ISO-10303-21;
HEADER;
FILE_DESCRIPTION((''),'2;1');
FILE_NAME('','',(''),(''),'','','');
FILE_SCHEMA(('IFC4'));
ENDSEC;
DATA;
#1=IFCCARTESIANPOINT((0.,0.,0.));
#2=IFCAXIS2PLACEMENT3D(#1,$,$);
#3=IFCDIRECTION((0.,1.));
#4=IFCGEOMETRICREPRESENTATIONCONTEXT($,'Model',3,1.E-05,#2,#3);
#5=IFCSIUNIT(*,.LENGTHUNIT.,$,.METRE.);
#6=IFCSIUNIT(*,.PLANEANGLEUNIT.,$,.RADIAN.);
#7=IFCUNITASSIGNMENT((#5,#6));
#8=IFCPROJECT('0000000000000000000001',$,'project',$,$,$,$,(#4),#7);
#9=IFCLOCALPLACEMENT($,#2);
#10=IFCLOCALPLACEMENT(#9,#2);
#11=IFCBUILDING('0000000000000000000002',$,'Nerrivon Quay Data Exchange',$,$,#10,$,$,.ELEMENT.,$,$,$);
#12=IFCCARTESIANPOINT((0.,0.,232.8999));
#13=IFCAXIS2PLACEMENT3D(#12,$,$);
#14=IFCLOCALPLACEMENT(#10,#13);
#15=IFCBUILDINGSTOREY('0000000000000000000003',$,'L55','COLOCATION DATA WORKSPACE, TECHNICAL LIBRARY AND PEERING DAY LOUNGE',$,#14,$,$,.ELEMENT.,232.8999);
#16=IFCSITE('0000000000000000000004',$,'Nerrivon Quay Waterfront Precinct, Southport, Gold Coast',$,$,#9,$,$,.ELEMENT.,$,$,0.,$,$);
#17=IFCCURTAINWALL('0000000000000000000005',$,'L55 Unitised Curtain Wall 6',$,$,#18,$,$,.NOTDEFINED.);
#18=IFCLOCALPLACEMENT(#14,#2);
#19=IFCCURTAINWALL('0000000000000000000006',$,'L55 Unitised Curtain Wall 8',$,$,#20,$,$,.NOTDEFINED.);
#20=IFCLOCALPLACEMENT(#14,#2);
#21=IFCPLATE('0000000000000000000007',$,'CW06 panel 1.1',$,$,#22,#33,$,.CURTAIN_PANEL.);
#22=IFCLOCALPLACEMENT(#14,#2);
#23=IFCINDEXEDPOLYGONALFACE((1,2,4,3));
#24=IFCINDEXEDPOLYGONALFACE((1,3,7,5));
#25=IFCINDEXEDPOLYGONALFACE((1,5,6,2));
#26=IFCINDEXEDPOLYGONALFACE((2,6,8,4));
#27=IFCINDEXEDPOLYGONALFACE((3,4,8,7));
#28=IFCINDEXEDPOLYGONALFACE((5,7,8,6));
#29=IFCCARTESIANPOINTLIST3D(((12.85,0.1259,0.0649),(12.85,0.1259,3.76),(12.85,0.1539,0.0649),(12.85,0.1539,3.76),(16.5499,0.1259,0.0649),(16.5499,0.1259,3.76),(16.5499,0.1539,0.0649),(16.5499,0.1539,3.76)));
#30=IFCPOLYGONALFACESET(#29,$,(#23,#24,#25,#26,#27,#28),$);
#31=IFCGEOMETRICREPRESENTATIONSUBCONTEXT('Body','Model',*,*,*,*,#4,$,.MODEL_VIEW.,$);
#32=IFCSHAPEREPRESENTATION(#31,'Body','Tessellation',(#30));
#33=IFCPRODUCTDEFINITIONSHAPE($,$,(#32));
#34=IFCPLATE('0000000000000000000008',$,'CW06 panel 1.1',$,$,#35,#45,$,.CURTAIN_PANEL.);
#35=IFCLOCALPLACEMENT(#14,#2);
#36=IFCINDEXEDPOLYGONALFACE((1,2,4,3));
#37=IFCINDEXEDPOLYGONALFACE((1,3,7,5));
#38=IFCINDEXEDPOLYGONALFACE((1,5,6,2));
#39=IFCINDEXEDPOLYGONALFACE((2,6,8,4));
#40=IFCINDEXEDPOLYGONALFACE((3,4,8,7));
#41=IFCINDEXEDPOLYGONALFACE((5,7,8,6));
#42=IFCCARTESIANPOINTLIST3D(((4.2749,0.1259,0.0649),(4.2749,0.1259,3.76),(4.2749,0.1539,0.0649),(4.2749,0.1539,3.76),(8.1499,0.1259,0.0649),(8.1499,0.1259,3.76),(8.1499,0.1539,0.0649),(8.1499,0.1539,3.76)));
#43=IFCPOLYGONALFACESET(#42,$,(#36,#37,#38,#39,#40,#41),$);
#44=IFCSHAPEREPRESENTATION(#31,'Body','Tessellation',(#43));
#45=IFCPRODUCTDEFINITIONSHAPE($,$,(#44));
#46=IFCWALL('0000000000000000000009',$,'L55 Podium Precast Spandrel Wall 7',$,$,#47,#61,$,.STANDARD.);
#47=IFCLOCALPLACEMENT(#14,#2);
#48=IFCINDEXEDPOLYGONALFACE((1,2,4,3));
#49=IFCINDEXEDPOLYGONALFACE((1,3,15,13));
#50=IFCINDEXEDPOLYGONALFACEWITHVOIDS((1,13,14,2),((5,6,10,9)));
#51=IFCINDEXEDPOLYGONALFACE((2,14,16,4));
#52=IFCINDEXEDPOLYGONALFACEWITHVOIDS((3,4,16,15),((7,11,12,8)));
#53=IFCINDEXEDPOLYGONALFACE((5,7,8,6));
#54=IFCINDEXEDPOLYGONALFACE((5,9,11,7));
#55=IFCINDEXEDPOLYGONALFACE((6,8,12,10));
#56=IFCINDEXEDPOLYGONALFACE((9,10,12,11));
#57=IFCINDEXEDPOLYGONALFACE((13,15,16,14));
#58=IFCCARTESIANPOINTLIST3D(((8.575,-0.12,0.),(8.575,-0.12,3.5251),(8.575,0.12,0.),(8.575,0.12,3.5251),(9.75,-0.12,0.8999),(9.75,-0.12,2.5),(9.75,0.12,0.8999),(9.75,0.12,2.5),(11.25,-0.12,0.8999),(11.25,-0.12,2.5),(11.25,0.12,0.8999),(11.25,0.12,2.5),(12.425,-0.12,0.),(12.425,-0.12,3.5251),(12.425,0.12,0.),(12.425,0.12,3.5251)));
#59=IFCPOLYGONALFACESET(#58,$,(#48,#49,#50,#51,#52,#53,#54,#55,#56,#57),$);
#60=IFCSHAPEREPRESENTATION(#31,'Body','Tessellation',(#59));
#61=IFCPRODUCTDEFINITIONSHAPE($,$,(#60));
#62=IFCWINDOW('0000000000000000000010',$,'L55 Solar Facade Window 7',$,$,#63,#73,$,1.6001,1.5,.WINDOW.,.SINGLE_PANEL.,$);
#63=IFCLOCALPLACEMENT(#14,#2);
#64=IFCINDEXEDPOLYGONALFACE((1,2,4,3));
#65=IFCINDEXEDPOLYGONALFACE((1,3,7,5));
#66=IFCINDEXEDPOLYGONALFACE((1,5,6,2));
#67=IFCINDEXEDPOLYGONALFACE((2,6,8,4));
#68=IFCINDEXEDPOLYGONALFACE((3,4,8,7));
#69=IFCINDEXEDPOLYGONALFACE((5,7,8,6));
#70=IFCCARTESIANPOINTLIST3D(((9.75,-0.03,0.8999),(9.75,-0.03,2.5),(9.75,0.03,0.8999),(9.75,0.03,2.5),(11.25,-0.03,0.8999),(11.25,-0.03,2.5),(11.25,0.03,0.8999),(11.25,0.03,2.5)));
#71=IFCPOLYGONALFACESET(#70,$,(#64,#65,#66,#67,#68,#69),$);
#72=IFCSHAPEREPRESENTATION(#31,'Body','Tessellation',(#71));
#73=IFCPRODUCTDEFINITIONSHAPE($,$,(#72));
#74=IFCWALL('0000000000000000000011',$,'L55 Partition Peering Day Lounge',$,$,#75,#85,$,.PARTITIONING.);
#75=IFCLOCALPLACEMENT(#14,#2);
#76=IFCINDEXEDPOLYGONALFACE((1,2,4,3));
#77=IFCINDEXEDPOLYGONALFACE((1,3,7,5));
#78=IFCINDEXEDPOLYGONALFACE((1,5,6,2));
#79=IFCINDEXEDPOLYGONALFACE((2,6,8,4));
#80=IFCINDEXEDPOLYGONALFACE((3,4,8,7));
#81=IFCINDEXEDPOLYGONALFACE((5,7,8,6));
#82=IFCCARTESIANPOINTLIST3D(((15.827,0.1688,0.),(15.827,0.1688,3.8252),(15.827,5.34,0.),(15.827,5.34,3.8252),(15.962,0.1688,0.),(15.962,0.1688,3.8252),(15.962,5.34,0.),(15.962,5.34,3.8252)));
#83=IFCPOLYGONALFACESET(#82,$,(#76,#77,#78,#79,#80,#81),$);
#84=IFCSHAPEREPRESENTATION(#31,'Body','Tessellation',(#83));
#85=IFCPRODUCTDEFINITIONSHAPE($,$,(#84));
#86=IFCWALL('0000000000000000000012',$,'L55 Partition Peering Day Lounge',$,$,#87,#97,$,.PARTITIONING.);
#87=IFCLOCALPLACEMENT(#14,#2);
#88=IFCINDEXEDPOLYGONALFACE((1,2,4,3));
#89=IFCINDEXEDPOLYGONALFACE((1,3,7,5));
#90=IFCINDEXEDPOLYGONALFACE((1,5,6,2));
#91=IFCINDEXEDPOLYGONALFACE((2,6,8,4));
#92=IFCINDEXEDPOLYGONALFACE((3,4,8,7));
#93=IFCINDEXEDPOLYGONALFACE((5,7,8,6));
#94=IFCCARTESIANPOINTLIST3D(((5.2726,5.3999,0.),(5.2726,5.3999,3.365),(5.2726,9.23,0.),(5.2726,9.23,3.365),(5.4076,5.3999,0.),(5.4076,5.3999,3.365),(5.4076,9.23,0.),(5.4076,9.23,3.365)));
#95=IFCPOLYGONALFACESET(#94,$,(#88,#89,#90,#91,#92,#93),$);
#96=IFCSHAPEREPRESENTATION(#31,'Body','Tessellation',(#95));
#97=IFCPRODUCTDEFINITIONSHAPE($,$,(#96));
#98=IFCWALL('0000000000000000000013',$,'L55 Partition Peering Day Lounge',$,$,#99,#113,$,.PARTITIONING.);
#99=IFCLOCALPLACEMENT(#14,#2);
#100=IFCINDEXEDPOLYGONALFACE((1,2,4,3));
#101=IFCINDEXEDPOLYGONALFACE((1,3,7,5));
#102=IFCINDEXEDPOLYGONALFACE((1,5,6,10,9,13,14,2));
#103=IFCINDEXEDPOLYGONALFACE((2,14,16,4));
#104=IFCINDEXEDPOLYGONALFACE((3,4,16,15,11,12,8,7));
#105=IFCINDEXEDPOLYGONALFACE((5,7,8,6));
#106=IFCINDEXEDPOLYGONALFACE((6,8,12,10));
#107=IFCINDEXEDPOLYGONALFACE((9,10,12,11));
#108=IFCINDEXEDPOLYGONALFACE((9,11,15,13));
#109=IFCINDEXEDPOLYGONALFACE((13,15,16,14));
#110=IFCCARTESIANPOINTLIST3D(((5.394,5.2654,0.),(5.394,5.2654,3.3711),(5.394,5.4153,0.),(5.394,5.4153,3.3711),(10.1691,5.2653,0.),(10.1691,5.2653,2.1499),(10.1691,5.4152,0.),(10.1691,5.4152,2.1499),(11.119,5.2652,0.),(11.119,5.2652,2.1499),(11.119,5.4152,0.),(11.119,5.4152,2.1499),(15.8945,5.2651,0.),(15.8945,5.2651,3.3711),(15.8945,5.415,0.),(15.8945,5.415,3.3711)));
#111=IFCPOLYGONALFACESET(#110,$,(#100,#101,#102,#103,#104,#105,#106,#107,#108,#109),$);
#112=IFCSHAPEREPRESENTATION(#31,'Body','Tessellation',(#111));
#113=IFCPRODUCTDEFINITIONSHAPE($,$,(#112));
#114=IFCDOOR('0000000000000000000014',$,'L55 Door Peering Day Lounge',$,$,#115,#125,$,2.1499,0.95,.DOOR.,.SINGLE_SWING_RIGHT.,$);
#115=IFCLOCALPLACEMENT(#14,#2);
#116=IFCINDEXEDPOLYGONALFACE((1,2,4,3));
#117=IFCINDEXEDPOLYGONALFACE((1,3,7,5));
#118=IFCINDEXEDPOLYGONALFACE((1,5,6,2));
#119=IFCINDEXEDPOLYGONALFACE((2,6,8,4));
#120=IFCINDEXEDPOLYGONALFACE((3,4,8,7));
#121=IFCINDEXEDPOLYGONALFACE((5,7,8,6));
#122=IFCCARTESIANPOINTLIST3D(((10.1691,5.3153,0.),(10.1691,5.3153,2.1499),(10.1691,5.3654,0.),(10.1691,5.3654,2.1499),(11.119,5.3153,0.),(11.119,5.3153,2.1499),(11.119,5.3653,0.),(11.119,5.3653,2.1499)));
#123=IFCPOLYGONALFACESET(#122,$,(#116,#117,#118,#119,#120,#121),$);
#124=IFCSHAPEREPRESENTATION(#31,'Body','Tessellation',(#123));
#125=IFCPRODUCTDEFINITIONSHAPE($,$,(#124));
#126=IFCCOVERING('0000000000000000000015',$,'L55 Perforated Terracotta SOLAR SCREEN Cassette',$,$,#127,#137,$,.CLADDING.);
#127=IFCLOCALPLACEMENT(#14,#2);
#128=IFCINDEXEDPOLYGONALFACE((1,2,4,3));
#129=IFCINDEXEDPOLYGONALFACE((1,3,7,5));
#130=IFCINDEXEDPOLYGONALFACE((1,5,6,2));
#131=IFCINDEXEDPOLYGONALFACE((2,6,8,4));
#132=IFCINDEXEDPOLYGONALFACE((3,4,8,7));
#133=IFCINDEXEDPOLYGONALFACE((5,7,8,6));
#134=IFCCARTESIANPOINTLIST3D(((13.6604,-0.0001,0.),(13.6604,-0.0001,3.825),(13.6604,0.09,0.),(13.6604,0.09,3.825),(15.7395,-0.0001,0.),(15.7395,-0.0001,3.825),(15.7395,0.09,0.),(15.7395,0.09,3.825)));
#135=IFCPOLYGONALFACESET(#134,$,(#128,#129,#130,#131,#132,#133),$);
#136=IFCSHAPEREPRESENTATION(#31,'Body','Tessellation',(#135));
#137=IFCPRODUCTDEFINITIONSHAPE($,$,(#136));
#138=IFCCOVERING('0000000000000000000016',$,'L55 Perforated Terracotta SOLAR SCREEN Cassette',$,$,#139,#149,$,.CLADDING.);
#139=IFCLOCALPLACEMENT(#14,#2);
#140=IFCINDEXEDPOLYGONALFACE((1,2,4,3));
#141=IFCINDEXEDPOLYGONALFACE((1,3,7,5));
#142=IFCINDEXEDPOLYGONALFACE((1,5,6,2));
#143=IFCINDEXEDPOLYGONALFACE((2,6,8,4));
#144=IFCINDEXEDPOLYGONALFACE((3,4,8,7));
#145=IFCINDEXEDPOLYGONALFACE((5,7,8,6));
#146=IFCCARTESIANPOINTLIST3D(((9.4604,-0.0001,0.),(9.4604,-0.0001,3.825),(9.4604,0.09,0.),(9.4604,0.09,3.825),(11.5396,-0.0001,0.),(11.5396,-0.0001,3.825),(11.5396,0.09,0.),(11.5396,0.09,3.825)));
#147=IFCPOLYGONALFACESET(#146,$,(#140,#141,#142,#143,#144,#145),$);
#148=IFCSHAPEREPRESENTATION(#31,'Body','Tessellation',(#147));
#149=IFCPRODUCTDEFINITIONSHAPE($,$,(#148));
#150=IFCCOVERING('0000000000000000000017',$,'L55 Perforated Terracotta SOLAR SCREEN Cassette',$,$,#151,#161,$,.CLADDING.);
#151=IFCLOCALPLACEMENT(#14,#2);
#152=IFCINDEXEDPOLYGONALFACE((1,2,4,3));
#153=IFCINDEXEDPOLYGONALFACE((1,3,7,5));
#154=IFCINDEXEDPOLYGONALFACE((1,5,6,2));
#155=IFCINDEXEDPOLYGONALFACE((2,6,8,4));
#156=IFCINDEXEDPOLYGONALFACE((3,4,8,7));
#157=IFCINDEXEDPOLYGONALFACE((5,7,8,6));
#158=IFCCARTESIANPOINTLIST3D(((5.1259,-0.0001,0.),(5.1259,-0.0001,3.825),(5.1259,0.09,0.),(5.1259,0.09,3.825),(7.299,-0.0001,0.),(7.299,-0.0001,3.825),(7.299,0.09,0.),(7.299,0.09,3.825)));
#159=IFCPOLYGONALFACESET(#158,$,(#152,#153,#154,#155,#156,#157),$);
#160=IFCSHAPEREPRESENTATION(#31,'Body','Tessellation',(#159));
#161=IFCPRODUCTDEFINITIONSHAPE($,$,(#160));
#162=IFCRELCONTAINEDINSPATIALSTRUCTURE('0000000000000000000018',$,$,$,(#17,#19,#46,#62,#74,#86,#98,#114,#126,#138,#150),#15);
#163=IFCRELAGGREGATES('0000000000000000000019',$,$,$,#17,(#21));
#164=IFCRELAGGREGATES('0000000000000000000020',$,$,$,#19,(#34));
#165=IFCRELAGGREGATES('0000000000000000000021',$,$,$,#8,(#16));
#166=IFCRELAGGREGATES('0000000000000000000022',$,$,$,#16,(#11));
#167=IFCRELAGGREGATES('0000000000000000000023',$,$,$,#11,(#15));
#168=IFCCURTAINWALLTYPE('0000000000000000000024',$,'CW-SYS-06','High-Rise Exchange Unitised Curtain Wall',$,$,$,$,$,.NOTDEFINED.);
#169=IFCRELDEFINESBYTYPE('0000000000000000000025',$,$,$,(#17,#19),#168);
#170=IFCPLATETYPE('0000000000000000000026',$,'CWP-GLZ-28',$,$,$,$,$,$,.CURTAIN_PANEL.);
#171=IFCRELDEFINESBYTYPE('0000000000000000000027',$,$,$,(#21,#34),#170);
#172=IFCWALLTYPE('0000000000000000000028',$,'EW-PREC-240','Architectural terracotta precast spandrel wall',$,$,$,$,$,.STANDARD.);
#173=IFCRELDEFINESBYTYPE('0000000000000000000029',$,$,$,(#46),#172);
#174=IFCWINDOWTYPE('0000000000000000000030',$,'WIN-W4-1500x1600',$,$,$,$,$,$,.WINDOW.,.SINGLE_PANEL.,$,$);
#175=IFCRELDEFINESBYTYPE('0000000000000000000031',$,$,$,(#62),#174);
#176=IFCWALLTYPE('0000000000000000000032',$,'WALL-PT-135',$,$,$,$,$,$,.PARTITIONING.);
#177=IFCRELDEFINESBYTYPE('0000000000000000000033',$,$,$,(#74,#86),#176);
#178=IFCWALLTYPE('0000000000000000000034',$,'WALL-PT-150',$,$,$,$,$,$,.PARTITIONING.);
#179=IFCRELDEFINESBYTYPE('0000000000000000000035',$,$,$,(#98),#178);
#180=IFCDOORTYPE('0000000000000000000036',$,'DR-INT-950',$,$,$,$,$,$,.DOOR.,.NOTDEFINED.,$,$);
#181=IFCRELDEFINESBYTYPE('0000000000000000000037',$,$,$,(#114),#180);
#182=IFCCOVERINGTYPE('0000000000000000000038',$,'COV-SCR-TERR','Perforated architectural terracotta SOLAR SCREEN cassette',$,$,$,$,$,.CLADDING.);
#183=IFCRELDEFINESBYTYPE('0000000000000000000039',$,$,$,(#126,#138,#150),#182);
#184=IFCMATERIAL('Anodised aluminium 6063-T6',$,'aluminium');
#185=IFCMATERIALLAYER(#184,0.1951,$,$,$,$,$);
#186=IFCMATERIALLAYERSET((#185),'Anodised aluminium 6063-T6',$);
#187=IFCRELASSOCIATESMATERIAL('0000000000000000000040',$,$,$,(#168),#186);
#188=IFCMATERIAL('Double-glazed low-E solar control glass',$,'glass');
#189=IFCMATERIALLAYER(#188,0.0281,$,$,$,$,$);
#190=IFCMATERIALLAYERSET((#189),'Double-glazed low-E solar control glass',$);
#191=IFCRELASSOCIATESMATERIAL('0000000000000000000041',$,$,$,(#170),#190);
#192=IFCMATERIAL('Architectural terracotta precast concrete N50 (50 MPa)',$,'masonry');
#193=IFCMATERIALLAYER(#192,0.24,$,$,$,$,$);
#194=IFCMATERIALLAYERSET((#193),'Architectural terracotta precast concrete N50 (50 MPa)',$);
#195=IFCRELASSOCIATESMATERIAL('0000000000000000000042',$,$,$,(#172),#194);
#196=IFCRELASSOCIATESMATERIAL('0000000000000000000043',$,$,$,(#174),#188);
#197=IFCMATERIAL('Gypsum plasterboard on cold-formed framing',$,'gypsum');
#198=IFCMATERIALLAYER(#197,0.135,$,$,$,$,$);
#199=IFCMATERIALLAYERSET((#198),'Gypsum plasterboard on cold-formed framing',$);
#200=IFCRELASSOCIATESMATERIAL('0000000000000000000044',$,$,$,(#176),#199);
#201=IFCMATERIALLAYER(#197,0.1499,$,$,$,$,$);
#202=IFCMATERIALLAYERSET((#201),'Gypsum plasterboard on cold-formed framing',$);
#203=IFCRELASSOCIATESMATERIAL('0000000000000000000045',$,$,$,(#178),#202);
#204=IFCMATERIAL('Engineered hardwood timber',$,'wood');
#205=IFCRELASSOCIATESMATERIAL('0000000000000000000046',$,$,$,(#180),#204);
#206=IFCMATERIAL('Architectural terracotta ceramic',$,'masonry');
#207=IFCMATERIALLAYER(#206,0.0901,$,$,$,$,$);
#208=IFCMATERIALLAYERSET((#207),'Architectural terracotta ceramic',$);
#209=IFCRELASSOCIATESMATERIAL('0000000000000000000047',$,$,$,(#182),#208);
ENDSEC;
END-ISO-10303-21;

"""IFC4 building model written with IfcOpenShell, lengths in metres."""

from ifc_helpers import new_model, si_unit, direction, frame, frame_2d, origin, origin_2d, place, context, subcontext, project, spatial, rectangle, extrude, material, layer, layer_set, type_object, element, fill, aggregate, save


model = new_model("IFC4")

# Units and contexts
model_context = context("Model", 3, precision=1e-05, world=origin(), true_north=direction((0.0, 1.0)))
body_context = subcontext(model_context, "Body", "Model", "MODEL_VIEW")
ifc_project = project(units=[si_unit("LENGTHUNIT", "METRE"), si_unit("PLANEANGLEUNIT", "RADIAN")], contexts=[model_context])

# Site, building, storey
site_placement = place(None, origin())
site = spatial("IfcSite", under=ifc_project, at=site_placement, Name="Nerrivon Quay Waterfront Precinct, Southport, Gold Coast", CompositionType="ELEMENT", RefElevation=0.0)
building_placement = place(site_placement, origin())
building = spatial("IfcBuilding", under=site, at=building_placement, Name="Nerrivon Quay Data Exchange", CompositionType="ELEMENT")
storey_placement = place(building_placement, frame((0.0, 0.0, 232.8999)))
storey = spatial("IfcBuildingStorey", under=building, at=storey_placement, Name="L55", Description="COLOCATION DATA WORKSPACE, TECHNICAL LIBRARY AND PEERING DAY LOUNGE", CompositionType="ELEMENT", Elevation=232.8999)

# Curtain wall
ifc_material_1 = material(Name="Anodised aluminium 6063-T6", Category="aluminium")
ifc_layer_1 = layer(ifc_material_1, 0.1951)
ifc_layer_set_1 = layer_set([ifc_layer_1], Name="Anodised aluminium 6063-T6")
curtain_wall_type = type_object("IfcCurtainWallType", Name="CW-SYS-06", Description="High-Rise Exchange Unitised Curtain Wall", PredefinedType="NOTDEFINED", material=ifc_layer_set_1)
curtain_wall_1_placement = place(storey_placement, origin())
curtain_wall_1 = element("IfcCurtainWall", 1, at=curtain_wall_1_placement, inside=storey, type_object=curtain_wall_type, Name="L55 Unitised Curtain Wall 6", PredefinedType="NOTDEFINED")

# Curtain wall
curtain_wall_2_placement = place(storey_placement, origin())
curtain_wall_2 = element("IfcCurtainWall", 2, at=curtain_wall_2_placement, inside=storey, type_object=curtain_wall_type, Name="L55 Unitised Curtain Wall 8", PredefinedType="NOTDEFINED")

# Plates
ifc_material_2 = material(Name="Double-glazed low-E solar control glass", Category="glass")
ifc_layer_2 = layer(ifc_material_2, 0.0281)
ifc_layer_set_2 = layer_set([ifc_layer_2], Name="Double-glazed low-E solar control glass")
plate_type = type_object("IfcPlateType", Name="CWP-GLZ-28", PredefinedType="CURTAIN_PANEL", material=ifc_layer_set_2)
plate_1_placement = place(storey_placement, frame((14.7, 0.1399, 0.0649), z_axis=(0.0, 0.0, 1.0), x_axis=(-1.0, 0.0, 0.0)))
plate_1 = element("IfcPlate", 3, at=plate_1_placement, type_object=plate_type, Name="CW06 panel 1.1", PredefinedType="CURTAIN_PANEL", context=body_context, shape_type="SweptSolid", body=[
    extrude(rectangle(XDim=3.7, YDim=0.0281, at=origin_2d()), origin(), (0.0, 0.0, 1.0), 3.6951),
])
aggregate(curtain_wall_1, [plate_1])
plate_2_placement = place(storey_placement, frame((6.2124, 0.1399, 0.0649), z_axis=(0.0, 0.0, 1.0), x_axis=(-1.0, 0.0, 0.0)))
plate_2 = element("IfcPlate", 4, at=plate_2_placement, type_object=plate_type, Name="CW06 panel 1.1", PredefinedType="CURTAIN_PANEL", context=body_context, shape_type="SweptSolid", body=[
    extrude(rectangle(XDim=3.875, YDim=0.0281, at=origin_2d()), origin(), (0.0, 0.0, 1.0), 3.6951),
])
aggregate(curtain_wall_2, [plate_2])

# Wall, opening, window
ifc_material_3 = material(Name="Architectural terracotta precast concrete N50 (50 MPa)", Category="masonry")
ifc_layer_3 = layer(ifc_material_3, 0.24)
ifc_layer_set_3 = layer_set([ifc_layer_3], Name="Architectural terracotta precast concrete N50 (50 MPa)")
wall_type_1 = type_object("IfcWallType", Name="EW-PREC-240", Description="Architectural terracotta precast spandrel wall", PredefinedType="STANDARD", material=ifc_layer_set_3)
wall_1_placement = place(storey_placement, frame((12.425, 0.0, 0.0), z_axis=(0.0, 0.0, 1.0), x_axis=(-1.0, 0.0, 0.0)))
wall_1 = element("IfcWall", 5, at=wall_1_placement, inside=storey, type_object=wall_type_1, Name="L55 Podium Precast Spandrel Wall 7", PredefinedType="STANDARD", context=body_context, shape_type="SweptSolid", body=[
    extrude(rectangle(XDim=3.8501, YDim=0.24, at=frame_2d((1.925, 0.0))), origin(), (0.0, 0.0, 1.0), 3.5251),
])
opening_1_placement = place(wall_1_placement, frame((1.175, 0.0, 0.8999)))
opening_1 = element("IfcOpeningElement", 6, at=opening_1_placement, cuts=wall_1, PredefinedType="OPENING", context=body_context, shape_type="SweptSolid", body=[
    extrude(rectangle(XDim=1.5, YDim=1.6001, at=frame_2d((0.75, 0.8))), frame((0.0, 0.1299, 0.0), z_axis=(0.0, -1.0, 0.0), x_axis=(1.0, 0.0, 0.0)), (0.0, 0.0, 1.0), 0.26),
])
window_type = type_object("IfcWindowType", Name="WIN-W4-1500x1600", PartitioningType="SINGLE_PANEL", PredefinedType="WINDOW", material=ifc_material_2)
window_placement = place(opening_1_placement, origin())
window = element("IfcWindow", 7, at=window_placement, inside=storey, type_object=window_type, Name="L55 Solar Facade Window 7", OverallHeight=1.6001, OverallWidth=1.5, PartitioningType="SINGLE_PANEL", PredefinedType="WINDOW", context=body_context, shape_type="SweptSolid", body=[
    extrude(rectangle(XDim=1.5, YDim=1.6001, at=frame_2d((0.75, 0.8))), frame((0.0, 0.03, 0.0), z_axis=(0.0, -1.0, 0.0), x_axis=(1.0, 0.0, 0.0)), (0.0, 0.0, 1.0), 0.0601),
])
fill(opening_1, window)

# Walls
ifc_material_4 = material(Name="Gypsum plasterboard on cold-formed framing", Category="gypsum")
ifc_layer_4 = layer(ifc_material_4, 0.135)
ifc_layer_set_4 = layer_set([ifc_layer_4], Name="Gypsum plasterboard on cold-formed framing")
wall_type_2 = type_object("IfcWallType", Name="WALL-PT-135", PredefinedType="PARTITIONING", material=ifc_layer_set_4)
wall_2_placement = place(storey_placement, frame((15.8945, 0.1689, 0.0), z_axis=(0.0, 0.0, 1.0), x_axis=(0.0, 1.0, 0.0)))
element("IfcWall", 8, at=wall_2_placement, inside=storey, type_object=wall_type_2, Name="L55 Partition Peering Day Lounge", PredefinedType="PARTITIONING", context=body_context, shape_type="SweptSolid", body=[
    extrude(rectangle(XDim=5.1711, YDim=0.135, at=frame_2d((2.5854, 0.0))), origin(), (0.0, 0.0, 1.0), 3.8252),
])
wall_3_placement = place(storey_placement, frame((5.3401, 5.3999, 0.0), z_axis=(0.0, 0.0, 1.0), x_axis=(0.0, 1.0, 0.0)))
element("IfcWall", 9, at=wall_3_placement, inside=storey, type_object=wall_type_2, Name="L55 Partition Peering Day Lounge", PredefinedType="PARTITIONING", context=body_context, shape_type="SweptSolid", body=[
    extrude(rectangle(XDim=3.8301, YDim=0.135, at=frame_2d((1.915, 0.0))), origin(), (0.0, 0.0, 1.0), 3.365),
])

# Wall, opening, door
ifc_layer_5 = layer(ifc_material_4, 0.1499)
ifc_layer_set_5 = layer_set([ifc_layer_5], Name="Gypsum plasterboard on cold-formed framing")
wall_type_3 = type_object("IfcWallType", Name="WALL-PT-150", PredefinedType="PARTITIONING", material=ifc_layer_set_5)
wall_4_placement = place(storey_placement, frame((15.8945, 5.3401, 0.0), z_axis=(0.0, 0.0, 1.0), x_axis=(-1.0, 0.000023, 0.0)))
wall_4 = element("IfcWall", 10, at=wall_4_placement, inside=storey, type_object=wall_type_3, Name="L55 Partition Peering Day Lounge", PredefinedType="PARTITIONING", context=body_context, shape_type="SweptSolid", body=[
    extrude(rectangle(XDim=10.5005, YDim=0.1499, at=frame_2d((5.2502, 0.0))), origin(), (0.0, 0.0, 1.0), 3.3711),
])
opening_2_placement = place(wall_4_placement, frame((4.7754, 0.0, 0.0)))
opening_2 = element("IfcOpeningElement", 11, at=opening_2_placement, cuts=wall_4, PredefinedType="OPENING", context=body_context, shape_type="SweptSolid", body=[
    extrude(rectangle(XDim=0.95, YDim=2.1499, at=frame_2d((0.4751, 1.075))), frame((0.0, 0.085, 0.0), z_axis=(0.0, -1.0, 0.0), x_axis=(1.0, 0.0, 0.0)), (0.0, 0.0, 1.0), 0.1699),
])
ifc_material_5 = material(Name="Engineered hardwood timber", Category="wood")
door_type = type_object("IfcDoorType", Name="DR-INT-950", OperationType="NOTDEFINED", PredefinedType="DOOR", material=ifc_material_5)
door_placement = place(opening_2_placement, origin())
door = element("IfcDoor", 12, at=door_placement, inside=storey, type_object=door_type, Name="L55 Door Peering Day Lounge", OperationType="SINGLE_SWING_RIGHT", OverallHeight=2.1499, OverallWidth=0.95, PredefinedType="DOOR", context=body_context, shape_type="SweptSolid", body=[
    extrude(rectangle(XDim=0.95, YDim=2.1499, at=frame_2d((0.4751, 1.075))), frame((0.0, 0.0249, 0.0), z_axis=(0.0, -1.0, 0.0), x_axis=(1.0, 0.0, 0.0)), (0.0, 0.0, 1.0), 0.05),
])
fill(opening_2, door)

# Coverings
ifc_material_6 = material(Name="Architectural terracotta ceramic", Category="masonry")
ifc_layer_6 = layer(ifc_material_6, 0.0901)
ifc_layer_set_6 = layer_set([ifc_layer_6], Name="Architectural terracotta ceramic")
covering_type = type_object("IfcCoveringType", Name="COV-SCR-TERR", Description="Perforated architectural terracotta SOLAR SCREEN cassette", PredefinedType="CLADDING", material=ifc_layer_set_6)
for number, where, z_axis, x_axis, name in (
    (13, (14.7, 0.0449, 0.0), (0.0, 0.0, 1.0), (-1.0, 0.0, 0.0), "L55 Perforated Terracotta SOLAR SCREEN Cassette"),
    (14, (10.5, 0.0449, 0.0), (0.0, 0.0, 1.0), (-1.0, 0.0, 0.0), "L55 Perforated Terracotta SOLAR SCREEN Cassette"),
):
    element("IfcCovering", number, at=place(storey_placement, frame(where, z_axis=z_axis, x_axis=x_axis)), inside=storey, type_object=covering_type, Name=name, PredefinedType="CLADDING", context=body_context, shape_type="SweptSolid", body=[
        extrude(rectangle(XDim=2.0791, YDim=0.0901, at=origin_2d()), origin(), (0.0, 0.0, 1.0), 3.825),
    ])
covering_placement = place(storey_placement, frame((6.2124, 0.0449, 0.0), z_axis=(0.0, 0.0, 1.0), x_axis=(-1.0, 0.0, 0.0)))
element("IfcCovering", 15, at=covering_placement, inside=storey, type_object=covering_type, Name="L55 Perforated Terracotta SOLAR SCREEN Cassette", PredefinedType="CLADDING", context=body_context, shape_type="SweptSolid", body=[
    extrude(rectangle(XDim=2.1731, YDim=0.0901, at=origin_2d()), origin(), (0.0, 0.0, 1.0), 3.825),
])

save(model, "model.ifc")
